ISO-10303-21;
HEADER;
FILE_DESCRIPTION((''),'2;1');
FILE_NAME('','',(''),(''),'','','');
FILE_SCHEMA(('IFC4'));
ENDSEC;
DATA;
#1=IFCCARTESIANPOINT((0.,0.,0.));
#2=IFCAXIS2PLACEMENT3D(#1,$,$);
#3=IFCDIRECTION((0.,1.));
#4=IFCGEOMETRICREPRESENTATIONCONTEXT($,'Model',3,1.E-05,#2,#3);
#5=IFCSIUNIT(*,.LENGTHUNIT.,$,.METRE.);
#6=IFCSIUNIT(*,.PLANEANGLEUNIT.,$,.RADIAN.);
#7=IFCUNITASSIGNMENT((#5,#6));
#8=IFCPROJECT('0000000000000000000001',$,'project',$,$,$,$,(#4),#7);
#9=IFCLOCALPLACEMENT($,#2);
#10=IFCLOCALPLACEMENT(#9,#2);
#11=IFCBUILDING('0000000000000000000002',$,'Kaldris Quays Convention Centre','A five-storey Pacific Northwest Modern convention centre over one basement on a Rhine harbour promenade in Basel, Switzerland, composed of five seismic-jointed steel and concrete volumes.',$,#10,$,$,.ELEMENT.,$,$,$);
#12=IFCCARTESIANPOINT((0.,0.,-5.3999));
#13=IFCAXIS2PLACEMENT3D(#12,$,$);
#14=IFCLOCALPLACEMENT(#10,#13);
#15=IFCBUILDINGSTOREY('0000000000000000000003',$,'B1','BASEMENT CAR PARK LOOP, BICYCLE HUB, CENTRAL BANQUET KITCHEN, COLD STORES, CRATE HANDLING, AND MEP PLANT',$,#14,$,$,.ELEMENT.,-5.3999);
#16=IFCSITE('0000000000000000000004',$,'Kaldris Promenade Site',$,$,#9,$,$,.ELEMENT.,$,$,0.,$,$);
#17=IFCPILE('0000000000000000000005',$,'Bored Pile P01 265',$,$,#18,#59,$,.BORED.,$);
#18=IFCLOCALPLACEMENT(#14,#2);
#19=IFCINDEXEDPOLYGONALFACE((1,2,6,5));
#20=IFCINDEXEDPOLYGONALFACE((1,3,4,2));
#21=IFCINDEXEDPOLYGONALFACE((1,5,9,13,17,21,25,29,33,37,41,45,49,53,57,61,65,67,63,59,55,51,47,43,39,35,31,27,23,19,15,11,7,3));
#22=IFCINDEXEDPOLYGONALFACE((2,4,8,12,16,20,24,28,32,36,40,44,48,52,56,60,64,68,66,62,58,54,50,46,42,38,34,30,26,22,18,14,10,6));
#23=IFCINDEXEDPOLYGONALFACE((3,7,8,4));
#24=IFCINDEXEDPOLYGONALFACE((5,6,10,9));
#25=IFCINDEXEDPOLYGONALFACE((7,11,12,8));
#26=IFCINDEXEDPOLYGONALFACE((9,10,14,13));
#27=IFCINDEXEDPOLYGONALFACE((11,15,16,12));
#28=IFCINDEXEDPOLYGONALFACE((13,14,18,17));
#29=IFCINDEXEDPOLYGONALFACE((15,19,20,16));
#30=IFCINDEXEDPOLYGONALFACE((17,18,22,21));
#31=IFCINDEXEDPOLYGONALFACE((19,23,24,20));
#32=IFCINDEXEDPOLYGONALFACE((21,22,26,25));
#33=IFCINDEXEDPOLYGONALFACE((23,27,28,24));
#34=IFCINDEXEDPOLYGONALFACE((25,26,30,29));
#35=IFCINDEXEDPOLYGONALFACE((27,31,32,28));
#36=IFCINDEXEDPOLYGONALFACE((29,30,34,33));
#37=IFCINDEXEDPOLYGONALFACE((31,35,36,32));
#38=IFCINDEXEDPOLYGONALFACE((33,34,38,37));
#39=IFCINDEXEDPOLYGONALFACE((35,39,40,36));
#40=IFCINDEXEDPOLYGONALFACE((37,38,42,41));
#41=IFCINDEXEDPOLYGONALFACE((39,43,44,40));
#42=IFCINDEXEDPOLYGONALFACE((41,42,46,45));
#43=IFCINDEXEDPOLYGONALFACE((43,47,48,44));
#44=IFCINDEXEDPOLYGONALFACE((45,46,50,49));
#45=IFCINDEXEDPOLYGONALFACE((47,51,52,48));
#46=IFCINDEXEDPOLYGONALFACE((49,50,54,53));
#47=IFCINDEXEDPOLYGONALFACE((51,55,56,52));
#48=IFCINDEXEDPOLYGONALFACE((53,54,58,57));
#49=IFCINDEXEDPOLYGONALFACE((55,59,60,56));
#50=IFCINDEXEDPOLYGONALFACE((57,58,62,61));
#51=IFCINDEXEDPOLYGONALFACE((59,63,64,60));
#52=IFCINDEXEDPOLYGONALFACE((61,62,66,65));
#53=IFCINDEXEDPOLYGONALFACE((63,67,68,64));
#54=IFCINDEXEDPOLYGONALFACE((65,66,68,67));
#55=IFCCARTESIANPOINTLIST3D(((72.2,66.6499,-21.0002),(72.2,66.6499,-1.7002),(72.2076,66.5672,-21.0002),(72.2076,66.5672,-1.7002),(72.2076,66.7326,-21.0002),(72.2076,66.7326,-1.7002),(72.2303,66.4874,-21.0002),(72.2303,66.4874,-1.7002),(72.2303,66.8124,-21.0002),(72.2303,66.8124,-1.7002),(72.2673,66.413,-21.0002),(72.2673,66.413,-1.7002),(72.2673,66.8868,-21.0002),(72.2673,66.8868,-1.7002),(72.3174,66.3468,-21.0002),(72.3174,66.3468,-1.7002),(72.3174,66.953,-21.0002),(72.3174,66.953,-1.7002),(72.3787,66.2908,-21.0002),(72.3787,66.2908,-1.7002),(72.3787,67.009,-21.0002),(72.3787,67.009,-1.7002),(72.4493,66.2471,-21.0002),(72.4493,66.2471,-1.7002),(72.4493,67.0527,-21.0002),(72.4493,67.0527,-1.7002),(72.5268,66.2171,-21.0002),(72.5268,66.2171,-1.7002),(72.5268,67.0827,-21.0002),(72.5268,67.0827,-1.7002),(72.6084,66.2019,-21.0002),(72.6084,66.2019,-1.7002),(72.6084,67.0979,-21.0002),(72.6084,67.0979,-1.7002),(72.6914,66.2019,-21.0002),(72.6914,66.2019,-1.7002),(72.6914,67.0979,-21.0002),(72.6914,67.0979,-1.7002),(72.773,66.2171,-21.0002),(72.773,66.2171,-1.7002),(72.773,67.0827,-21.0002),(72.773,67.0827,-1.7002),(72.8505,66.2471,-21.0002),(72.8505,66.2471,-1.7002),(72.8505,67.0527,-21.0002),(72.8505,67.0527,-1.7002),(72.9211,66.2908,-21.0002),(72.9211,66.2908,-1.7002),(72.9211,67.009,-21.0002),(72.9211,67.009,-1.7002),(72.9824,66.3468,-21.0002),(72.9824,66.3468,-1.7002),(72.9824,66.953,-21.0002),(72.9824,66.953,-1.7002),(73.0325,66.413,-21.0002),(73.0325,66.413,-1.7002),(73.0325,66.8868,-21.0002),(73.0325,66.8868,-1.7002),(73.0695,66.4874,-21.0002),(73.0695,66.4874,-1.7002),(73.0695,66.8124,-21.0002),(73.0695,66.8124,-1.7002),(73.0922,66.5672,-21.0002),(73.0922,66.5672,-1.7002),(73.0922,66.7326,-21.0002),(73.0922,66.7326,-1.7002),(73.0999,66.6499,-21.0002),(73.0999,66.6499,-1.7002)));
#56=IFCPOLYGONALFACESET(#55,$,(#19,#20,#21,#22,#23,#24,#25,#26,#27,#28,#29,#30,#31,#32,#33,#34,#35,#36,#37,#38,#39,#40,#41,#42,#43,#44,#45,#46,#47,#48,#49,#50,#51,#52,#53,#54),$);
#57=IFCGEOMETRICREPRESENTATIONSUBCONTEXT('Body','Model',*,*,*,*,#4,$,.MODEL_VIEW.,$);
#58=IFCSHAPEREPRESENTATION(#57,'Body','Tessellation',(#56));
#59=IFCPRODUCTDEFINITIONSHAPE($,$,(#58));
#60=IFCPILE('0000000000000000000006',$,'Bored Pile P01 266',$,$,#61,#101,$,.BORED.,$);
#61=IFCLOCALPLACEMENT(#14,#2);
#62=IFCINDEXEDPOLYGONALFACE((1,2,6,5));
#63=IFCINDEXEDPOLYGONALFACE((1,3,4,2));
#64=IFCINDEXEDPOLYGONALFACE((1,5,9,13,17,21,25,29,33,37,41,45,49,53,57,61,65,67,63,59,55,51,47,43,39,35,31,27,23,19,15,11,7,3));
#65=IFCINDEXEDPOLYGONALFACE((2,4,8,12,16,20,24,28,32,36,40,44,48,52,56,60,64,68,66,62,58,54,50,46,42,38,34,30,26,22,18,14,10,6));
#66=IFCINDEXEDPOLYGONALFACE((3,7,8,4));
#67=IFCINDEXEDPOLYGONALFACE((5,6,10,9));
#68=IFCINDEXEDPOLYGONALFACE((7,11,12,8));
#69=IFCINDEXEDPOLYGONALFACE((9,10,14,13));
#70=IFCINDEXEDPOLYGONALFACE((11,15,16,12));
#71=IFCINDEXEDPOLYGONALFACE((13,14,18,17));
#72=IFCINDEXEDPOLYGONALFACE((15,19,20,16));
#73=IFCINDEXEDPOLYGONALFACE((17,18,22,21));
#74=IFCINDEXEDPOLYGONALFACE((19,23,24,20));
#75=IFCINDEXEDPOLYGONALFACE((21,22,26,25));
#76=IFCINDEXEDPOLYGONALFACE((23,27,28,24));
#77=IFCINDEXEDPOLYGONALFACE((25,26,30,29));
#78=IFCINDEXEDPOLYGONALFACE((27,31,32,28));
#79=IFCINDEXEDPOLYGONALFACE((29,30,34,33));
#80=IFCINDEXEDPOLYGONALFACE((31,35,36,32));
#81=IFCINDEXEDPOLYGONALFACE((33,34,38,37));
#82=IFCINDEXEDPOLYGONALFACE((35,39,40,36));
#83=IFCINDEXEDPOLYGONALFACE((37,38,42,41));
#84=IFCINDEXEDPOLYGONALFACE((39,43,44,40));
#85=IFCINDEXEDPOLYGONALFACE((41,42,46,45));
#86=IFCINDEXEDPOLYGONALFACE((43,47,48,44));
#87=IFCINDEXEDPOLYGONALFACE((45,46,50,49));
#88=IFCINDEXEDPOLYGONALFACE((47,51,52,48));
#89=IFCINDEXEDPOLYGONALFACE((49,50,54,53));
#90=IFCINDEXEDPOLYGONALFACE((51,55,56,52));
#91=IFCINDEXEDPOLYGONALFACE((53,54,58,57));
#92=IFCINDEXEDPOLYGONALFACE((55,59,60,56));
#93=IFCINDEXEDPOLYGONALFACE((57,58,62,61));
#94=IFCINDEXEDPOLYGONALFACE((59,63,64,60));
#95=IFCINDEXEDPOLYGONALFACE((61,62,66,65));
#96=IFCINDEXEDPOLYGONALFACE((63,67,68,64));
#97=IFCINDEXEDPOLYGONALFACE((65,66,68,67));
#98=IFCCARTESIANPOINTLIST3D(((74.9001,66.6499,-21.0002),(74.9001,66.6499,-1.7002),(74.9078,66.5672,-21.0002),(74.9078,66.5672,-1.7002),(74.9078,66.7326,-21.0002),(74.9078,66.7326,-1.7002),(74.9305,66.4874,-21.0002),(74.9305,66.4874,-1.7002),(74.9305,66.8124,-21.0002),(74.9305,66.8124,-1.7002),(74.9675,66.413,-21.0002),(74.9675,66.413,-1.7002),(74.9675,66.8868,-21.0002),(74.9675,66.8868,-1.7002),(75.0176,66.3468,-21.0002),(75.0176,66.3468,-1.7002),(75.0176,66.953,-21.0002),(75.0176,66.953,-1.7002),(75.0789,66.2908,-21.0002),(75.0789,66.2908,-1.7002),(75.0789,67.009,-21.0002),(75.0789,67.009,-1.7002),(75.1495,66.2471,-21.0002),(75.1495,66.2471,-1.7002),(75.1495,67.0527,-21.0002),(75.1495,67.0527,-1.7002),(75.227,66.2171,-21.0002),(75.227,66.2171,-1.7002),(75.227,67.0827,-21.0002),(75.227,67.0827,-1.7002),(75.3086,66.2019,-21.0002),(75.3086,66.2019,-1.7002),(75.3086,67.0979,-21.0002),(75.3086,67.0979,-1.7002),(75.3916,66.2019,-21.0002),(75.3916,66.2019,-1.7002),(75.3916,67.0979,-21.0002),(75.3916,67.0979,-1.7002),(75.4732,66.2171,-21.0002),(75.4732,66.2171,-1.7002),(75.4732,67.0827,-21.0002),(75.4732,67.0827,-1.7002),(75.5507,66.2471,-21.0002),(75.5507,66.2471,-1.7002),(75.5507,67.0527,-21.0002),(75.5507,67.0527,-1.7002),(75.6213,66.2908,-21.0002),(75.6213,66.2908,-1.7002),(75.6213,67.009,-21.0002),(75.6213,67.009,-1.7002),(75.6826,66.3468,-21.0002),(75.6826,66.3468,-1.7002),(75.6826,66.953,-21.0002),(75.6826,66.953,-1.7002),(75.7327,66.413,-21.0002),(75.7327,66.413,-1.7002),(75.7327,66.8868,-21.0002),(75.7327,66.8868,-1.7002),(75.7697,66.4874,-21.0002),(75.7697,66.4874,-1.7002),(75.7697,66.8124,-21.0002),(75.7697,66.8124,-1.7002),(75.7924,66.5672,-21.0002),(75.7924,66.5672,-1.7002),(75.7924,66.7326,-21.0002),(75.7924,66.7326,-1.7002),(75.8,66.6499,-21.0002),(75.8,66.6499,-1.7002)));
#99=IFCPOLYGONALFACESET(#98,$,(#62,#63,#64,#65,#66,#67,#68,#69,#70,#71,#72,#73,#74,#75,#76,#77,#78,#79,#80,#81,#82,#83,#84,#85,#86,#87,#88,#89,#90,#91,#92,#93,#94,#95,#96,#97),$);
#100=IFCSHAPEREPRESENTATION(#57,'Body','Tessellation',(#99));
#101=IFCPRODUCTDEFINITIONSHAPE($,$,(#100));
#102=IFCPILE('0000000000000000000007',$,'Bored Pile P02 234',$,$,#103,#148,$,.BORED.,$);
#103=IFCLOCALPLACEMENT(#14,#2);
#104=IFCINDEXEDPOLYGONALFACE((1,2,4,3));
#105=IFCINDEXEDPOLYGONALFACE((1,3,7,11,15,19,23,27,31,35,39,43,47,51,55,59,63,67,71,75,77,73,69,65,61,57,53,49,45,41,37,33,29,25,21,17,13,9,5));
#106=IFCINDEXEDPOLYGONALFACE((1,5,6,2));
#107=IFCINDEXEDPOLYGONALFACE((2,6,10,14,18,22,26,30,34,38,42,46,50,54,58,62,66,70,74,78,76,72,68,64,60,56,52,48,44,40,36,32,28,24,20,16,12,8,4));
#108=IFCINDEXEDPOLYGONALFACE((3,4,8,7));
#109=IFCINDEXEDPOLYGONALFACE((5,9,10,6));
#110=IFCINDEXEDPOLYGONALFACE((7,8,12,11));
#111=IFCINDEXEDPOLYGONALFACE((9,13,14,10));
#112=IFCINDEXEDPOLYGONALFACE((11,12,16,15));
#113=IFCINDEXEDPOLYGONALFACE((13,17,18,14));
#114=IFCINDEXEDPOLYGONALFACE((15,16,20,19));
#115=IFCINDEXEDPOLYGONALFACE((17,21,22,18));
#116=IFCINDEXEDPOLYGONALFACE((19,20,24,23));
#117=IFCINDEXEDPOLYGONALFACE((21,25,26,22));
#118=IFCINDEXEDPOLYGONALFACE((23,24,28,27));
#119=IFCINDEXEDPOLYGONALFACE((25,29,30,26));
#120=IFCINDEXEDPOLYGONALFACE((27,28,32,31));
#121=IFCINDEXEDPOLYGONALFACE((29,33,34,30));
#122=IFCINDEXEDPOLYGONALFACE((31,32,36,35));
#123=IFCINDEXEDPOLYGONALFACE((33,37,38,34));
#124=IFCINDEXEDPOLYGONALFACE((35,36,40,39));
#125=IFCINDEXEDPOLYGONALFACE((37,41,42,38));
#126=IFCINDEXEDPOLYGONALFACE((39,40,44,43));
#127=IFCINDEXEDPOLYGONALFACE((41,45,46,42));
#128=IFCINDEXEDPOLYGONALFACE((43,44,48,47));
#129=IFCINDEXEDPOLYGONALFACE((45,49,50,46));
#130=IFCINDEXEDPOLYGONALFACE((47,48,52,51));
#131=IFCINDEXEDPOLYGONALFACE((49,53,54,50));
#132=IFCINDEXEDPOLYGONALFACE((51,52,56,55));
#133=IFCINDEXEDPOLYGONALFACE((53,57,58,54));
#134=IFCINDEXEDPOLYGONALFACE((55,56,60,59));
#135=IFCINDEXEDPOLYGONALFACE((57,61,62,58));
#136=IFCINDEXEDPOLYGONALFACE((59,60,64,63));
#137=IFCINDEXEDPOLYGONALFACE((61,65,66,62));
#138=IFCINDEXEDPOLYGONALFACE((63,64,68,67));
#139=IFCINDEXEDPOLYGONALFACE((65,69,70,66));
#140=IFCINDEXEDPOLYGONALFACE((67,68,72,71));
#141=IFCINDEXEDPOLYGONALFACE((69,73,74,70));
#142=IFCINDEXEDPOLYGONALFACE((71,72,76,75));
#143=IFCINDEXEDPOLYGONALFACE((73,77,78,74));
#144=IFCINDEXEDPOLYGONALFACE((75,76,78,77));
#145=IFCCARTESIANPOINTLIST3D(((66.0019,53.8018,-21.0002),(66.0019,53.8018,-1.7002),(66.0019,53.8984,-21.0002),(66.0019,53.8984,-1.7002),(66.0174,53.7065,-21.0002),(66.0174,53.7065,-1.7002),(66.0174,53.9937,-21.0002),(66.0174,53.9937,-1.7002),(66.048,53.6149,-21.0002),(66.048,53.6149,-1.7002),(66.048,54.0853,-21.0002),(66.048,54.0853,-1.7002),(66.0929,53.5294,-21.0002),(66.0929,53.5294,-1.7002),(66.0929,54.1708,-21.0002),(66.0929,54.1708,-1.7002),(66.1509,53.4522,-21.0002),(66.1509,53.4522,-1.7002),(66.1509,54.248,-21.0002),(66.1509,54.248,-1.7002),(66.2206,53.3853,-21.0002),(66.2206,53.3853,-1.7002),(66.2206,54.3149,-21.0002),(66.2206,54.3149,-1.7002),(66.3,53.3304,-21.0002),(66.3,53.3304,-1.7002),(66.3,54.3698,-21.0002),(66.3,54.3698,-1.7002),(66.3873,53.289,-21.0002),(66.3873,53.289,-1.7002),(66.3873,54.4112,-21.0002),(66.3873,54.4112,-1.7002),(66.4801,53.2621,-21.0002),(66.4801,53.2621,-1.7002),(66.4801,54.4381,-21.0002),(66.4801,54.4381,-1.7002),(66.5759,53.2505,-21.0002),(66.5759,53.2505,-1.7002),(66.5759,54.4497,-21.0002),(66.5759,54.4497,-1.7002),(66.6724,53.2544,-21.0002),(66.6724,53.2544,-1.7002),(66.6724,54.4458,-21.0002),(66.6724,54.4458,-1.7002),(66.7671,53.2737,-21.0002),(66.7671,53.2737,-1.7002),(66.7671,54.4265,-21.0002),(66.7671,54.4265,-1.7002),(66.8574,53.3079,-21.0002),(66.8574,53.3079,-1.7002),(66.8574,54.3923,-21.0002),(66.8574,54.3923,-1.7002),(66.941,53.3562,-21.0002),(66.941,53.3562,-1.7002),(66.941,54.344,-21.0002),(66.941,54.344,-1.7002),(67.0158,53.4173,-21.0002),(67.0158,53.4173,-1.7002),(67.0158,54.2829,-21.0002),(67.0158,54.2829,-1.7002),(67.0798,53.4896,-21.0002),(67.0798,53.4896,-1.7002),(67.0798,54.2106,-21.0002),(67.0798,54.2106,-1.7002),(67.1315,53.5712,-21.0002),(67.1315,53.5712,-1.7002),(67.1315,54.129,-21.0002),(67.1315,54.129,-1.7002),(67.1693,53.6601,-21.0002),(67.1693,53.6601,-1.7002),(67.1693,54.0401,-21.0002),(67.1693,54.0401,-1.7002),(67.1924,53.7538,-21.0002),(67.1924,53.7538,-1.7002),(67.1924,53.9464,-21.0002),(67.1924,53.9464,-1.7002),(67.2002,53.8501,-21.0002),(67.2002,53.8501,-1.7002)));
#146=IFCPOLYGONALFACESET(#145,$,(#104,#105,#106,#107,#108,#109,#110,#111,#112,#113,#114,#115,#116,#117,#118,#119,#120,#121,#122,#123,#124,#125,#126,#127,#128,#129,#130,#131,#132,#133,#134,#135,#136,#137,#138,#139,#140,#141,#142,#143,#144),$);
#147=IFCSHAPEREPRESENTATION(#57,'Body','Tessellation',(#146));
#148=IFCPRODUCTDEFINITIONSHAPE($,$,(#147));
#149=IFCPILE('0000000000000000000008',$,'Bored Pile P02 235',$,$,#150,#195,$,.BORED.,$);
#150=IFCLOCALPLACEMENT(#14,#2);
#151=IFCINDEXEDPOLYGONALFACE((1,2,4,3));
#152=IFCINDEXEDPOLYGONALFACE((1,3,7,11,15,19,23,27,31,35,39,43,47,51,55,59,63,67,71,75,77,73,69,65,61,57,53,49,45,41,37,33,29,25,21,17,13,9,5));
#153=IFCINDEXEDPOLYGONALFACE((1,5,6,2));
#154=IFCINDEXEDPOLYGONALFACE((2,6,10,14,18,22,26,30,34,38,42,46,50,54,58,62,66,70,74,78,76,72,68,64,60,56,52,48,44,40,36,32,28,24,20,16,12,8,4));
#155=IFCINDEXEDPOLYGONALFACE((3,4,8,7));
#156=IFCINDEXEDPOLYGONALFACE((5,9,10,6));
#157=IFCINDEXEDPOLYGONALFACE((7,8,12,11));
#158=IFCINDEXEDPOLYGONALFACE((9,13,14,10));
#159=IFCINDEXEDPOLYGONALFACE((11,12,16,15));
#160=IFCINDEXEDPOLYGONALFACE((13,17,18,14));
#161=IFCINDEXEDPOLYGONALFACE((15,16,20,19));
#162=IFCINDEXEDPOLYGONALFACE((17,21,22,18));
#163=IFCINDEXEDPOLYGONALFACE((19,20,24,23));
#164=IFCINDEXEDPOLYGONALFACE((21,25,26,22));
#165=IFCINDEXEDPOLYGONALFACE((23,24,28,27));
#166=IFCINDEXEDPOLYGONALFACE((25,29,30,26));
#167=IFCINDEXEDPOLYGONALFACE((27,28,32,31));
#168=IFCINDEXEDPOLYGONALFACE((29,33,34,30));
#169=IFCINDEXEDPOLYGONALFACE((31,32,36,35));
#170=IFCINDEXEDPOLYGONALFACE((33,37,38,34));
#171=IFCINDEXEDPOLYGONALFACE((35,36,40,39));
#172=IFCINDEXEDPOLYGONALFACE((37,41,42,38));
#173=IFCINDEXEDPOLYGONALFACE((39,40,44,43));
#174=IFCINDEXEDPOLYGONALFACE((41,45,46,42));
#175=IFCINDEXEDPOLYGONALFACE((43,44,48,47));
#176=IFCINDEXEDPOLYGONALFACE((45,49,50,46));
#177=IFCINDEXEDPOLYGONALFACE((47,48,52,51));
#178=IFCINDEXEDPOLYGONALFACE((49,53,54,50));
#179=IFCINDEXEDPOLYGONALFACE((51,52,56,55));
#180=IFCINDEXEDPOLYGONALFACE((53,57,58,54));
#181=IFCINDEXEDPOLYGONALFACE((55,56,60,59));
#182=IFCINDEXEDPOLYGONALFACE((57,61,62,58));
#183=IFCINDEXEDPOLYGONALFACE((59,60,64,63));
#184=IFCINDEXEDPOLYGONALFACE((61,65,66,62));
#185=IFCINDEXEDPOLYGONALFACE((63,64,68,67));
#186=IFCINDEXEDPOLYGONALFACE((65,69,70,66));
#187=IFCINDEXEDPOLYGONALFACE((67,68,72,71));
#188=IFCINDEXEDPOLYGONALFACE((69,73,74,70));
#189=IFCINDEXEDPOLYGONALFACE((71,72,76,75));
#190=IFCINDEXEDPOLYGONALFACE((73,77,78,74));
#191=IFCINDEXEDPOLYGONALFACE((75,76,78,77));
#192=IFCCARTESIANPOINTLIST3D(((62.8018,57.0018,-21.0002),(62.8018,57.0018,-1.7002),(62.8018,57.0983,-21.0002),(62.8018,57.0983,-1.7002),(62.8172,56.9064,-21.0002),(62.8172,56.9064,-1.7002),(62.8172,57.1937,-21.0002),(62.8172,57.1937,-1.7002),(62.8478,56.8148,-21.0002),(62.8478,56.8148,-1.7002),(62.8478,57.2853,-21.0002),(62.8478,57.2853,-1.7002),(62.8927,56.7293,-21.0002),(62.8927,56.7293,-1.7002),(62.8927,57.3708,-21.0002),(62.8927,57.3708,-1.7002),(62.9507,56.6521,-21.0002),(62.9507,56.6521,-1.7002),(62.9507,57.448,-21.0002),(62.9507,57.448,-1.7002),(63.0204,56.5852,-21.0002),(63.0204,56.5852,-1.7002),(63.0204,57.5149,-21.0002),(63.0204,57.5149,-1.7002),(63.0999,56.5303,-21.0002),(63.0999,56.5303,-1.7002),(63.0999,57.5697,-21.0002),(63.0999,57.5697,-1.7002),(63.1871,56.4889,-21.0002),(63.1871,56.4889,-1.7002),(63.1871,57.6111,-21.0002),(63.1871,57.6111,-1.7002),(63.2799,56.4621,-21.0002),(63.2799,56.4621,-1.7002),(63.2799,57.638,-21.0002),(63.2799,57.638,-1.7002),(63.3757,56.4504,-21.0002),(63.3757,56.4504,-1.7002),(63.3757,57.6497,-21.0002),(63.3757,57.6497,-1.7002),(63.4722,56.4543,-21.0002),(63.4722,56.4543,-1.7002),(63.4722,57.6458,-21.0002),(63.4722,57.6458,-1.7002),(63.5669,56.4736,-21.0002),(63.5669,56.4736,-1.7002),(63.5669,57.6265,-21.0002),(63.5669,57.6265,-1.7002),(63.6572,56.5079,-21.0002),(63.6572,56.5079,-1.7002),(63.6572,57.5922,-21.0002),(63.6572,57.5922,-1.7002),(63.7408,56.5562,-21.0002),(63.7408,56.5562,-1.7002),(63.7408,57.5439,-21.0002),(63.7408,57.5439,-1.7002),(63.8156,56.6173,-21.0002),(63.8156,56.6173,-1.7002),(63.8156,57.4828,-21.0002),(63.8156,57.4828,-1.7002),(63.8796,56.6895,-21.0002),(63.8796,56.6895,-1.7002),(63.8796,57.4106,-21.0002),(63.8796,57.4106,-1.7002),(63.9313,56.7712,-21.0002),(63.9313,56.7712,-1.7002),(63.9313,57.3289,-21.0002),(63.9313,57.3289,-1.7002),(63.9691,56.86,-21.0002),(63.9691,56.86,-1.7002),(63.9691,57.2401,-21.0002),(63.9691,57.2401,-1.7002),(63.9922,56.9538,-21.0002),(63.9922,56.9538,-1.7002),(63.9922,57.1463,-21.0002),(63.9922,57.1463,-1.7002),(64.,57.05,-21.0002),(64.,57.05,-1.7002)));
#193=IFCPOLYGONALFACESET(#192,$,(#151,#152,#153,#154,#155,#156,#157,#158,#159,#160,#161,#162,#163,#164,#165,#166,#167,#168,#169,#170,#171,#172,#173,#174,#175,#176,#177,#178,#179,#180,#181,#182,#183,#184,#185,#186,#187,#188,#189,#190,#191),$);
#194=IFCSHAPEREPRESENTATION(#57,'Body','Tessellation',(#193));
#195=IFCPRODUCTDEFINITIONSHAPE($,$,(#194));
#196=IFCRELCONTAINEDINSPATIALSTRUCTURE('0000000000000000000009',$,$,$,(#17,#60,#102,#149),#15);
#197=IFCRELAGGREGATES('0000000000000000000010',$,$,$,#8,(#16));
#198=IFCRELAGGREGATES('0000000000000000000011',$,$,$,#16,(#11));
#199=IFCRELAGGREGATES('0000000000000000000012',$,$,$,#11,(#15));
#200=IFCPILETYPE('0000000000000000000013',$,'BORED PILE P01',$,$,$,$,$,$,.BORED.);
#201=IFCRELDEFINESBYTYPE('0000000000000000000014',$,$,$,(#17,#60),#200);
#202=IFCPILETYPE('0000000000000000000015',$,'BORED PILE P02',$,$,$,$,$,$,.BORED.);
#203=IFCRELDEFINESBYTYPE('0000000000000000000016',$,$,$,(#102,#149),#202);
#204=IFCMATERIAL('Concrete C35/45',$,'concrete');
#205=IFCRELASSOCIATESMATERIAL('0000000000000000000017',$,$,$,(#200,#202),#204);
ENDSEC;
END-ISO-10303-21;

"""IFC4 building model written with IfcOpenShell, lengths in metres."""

from ifc_helpers import new_model, si_unit, direction, frame, origin, origin_2d, place, context, subcontext, project, spatial, circle, extrude, material, material_profile, profile_set, type_object, element, save


model = new_model("IFC4")

# Units and contexts
model_context = context("Model", 3, precision=1e-05, world=origin(), true_north=direction((0.0, 1.0)))
body_context = subcontext(model_context, "Body", "Model", "MODEL_VIEW")
ifc_project = project(units=[si_unit("LENGTHUNIT", "METRE"), si_unit("PLANEANGLEUNIT", "RADIAN")], contexts=[model_context])

# Site, building, storey
site_placement = place(None, origin())
site = spatial("IfcSite", under=ifc_project, at=site_placement, Name="Kaldris Promenade Site", CompositionType="ELEMENT", RefElevation=0.0)
building_placement = place(site_placement, origin())
building = spatial("IfcBuilding", under=site, at=building_placement, Name="Kaldris Quays Convention Centre", Description="A five-storey Pacific Northwest Modern convention centre over one basement on a Rhine harbour promenade in Basel, Switzerland, composed of five seismic-jointed steel and concrete volumes.", CompositionType="ELEMENT")
storey_placement = place(building_placement, frame((0.0, 0.0, -5.3999)))
storey = spatial("IfcBuildingStorey", under=building, at=storey_placement, Name="B1", Description="BASEMENT CAR PARK LOOP, BICYCLE HUB, CENTRAL BANQUET KITCHEN, COLD STORES, CRATE HANDLING, AND MEP PLANT", CompositionType="ELEMENT", Elevation=-5.3999)

# Piles
ifc_material_1 = material(Name="Concrete C35/45", Category="concrete")
ifc_material_profile_1 = material_profile(ifc_material_1, circle(Radius=0.45, at=origin_2d()), Name="BORED PILE D900")
ifc_profile_set_1 = profile_set([ifc_material_profile_1], Name="Concrete C35/45")
pile_type_1 = type_object("IfcPileType", Name="BORED PILE P01", PredefinedType="BORED", material=ifc_profile_set_1)
for number, where, z_axis, x_axis, name in (
    (1, (72.6499, 66.6499, -1.7002), (0.0, 0.0, -1.0), (1.0, 0.0, 0.0), "Bored Pile P01 265"),
    (2, (75.3501, 66.6499, -1.7002), (0.0, 0.0, -1.0), (1.0, 0.0, 0.0), "Bored Pile P01 266"),
):
    element("IfcPile", number, at=place(storey_placement, frame(where, z_axis=z_axis, x_axis=x_axis)), inside=storey, type_object=pile_type_1, Name=name, PredefinedType="BORED", context=body_context, shape_type="SweptSolid", body=[
        extrude(circle(Radius=0.45, at=origin_2d()), origin(), (0.0, 0.0, 1.0), 19.3),
    ])
ifc_material_profile_2 = material_profile(ifc_material_1, circle(Radius=0.6001, at=origin_2d()), Name="BORED PILE D1200")
ifc_profile_set_2 = profile_set([ifc_material_profile_2], Name="Concrete C35/45")
pile_type_2 = type_object("IfcPileType", Name="BORED PILE P02", PredefinedType="BORED", material=ifc_profile_set_2)
for number, where, z_axis, x_axis, name in (
    (3, (66.6001, 53.8501, -1.7002), (0.0, 0.0, -1.0), (1.0, 0.0, 0.0), "Bored Pile P02 234"),
    (4, (63.3999, 57.05, -1.7002), (0.0, 0.0, -1.0), (1.0, 0.0, 0.0), "Bored Pile P02 235"),
):
    element("IfcPile", number, at=place(storey_placement, frame(where, z_axis=z_axis, x_axis=x_axis)), inside=storey, type_object=pile_type_2, Name=name, PredefinedType="BORED", context=body_context, shape_type="SweptSolid", body=[
        extrude(circle(Radius=0.6001, at=origin_2d()), origin(), (0.0, 0.0, 1.0), 19.3),
    ])

save(model, "model.ifc")
